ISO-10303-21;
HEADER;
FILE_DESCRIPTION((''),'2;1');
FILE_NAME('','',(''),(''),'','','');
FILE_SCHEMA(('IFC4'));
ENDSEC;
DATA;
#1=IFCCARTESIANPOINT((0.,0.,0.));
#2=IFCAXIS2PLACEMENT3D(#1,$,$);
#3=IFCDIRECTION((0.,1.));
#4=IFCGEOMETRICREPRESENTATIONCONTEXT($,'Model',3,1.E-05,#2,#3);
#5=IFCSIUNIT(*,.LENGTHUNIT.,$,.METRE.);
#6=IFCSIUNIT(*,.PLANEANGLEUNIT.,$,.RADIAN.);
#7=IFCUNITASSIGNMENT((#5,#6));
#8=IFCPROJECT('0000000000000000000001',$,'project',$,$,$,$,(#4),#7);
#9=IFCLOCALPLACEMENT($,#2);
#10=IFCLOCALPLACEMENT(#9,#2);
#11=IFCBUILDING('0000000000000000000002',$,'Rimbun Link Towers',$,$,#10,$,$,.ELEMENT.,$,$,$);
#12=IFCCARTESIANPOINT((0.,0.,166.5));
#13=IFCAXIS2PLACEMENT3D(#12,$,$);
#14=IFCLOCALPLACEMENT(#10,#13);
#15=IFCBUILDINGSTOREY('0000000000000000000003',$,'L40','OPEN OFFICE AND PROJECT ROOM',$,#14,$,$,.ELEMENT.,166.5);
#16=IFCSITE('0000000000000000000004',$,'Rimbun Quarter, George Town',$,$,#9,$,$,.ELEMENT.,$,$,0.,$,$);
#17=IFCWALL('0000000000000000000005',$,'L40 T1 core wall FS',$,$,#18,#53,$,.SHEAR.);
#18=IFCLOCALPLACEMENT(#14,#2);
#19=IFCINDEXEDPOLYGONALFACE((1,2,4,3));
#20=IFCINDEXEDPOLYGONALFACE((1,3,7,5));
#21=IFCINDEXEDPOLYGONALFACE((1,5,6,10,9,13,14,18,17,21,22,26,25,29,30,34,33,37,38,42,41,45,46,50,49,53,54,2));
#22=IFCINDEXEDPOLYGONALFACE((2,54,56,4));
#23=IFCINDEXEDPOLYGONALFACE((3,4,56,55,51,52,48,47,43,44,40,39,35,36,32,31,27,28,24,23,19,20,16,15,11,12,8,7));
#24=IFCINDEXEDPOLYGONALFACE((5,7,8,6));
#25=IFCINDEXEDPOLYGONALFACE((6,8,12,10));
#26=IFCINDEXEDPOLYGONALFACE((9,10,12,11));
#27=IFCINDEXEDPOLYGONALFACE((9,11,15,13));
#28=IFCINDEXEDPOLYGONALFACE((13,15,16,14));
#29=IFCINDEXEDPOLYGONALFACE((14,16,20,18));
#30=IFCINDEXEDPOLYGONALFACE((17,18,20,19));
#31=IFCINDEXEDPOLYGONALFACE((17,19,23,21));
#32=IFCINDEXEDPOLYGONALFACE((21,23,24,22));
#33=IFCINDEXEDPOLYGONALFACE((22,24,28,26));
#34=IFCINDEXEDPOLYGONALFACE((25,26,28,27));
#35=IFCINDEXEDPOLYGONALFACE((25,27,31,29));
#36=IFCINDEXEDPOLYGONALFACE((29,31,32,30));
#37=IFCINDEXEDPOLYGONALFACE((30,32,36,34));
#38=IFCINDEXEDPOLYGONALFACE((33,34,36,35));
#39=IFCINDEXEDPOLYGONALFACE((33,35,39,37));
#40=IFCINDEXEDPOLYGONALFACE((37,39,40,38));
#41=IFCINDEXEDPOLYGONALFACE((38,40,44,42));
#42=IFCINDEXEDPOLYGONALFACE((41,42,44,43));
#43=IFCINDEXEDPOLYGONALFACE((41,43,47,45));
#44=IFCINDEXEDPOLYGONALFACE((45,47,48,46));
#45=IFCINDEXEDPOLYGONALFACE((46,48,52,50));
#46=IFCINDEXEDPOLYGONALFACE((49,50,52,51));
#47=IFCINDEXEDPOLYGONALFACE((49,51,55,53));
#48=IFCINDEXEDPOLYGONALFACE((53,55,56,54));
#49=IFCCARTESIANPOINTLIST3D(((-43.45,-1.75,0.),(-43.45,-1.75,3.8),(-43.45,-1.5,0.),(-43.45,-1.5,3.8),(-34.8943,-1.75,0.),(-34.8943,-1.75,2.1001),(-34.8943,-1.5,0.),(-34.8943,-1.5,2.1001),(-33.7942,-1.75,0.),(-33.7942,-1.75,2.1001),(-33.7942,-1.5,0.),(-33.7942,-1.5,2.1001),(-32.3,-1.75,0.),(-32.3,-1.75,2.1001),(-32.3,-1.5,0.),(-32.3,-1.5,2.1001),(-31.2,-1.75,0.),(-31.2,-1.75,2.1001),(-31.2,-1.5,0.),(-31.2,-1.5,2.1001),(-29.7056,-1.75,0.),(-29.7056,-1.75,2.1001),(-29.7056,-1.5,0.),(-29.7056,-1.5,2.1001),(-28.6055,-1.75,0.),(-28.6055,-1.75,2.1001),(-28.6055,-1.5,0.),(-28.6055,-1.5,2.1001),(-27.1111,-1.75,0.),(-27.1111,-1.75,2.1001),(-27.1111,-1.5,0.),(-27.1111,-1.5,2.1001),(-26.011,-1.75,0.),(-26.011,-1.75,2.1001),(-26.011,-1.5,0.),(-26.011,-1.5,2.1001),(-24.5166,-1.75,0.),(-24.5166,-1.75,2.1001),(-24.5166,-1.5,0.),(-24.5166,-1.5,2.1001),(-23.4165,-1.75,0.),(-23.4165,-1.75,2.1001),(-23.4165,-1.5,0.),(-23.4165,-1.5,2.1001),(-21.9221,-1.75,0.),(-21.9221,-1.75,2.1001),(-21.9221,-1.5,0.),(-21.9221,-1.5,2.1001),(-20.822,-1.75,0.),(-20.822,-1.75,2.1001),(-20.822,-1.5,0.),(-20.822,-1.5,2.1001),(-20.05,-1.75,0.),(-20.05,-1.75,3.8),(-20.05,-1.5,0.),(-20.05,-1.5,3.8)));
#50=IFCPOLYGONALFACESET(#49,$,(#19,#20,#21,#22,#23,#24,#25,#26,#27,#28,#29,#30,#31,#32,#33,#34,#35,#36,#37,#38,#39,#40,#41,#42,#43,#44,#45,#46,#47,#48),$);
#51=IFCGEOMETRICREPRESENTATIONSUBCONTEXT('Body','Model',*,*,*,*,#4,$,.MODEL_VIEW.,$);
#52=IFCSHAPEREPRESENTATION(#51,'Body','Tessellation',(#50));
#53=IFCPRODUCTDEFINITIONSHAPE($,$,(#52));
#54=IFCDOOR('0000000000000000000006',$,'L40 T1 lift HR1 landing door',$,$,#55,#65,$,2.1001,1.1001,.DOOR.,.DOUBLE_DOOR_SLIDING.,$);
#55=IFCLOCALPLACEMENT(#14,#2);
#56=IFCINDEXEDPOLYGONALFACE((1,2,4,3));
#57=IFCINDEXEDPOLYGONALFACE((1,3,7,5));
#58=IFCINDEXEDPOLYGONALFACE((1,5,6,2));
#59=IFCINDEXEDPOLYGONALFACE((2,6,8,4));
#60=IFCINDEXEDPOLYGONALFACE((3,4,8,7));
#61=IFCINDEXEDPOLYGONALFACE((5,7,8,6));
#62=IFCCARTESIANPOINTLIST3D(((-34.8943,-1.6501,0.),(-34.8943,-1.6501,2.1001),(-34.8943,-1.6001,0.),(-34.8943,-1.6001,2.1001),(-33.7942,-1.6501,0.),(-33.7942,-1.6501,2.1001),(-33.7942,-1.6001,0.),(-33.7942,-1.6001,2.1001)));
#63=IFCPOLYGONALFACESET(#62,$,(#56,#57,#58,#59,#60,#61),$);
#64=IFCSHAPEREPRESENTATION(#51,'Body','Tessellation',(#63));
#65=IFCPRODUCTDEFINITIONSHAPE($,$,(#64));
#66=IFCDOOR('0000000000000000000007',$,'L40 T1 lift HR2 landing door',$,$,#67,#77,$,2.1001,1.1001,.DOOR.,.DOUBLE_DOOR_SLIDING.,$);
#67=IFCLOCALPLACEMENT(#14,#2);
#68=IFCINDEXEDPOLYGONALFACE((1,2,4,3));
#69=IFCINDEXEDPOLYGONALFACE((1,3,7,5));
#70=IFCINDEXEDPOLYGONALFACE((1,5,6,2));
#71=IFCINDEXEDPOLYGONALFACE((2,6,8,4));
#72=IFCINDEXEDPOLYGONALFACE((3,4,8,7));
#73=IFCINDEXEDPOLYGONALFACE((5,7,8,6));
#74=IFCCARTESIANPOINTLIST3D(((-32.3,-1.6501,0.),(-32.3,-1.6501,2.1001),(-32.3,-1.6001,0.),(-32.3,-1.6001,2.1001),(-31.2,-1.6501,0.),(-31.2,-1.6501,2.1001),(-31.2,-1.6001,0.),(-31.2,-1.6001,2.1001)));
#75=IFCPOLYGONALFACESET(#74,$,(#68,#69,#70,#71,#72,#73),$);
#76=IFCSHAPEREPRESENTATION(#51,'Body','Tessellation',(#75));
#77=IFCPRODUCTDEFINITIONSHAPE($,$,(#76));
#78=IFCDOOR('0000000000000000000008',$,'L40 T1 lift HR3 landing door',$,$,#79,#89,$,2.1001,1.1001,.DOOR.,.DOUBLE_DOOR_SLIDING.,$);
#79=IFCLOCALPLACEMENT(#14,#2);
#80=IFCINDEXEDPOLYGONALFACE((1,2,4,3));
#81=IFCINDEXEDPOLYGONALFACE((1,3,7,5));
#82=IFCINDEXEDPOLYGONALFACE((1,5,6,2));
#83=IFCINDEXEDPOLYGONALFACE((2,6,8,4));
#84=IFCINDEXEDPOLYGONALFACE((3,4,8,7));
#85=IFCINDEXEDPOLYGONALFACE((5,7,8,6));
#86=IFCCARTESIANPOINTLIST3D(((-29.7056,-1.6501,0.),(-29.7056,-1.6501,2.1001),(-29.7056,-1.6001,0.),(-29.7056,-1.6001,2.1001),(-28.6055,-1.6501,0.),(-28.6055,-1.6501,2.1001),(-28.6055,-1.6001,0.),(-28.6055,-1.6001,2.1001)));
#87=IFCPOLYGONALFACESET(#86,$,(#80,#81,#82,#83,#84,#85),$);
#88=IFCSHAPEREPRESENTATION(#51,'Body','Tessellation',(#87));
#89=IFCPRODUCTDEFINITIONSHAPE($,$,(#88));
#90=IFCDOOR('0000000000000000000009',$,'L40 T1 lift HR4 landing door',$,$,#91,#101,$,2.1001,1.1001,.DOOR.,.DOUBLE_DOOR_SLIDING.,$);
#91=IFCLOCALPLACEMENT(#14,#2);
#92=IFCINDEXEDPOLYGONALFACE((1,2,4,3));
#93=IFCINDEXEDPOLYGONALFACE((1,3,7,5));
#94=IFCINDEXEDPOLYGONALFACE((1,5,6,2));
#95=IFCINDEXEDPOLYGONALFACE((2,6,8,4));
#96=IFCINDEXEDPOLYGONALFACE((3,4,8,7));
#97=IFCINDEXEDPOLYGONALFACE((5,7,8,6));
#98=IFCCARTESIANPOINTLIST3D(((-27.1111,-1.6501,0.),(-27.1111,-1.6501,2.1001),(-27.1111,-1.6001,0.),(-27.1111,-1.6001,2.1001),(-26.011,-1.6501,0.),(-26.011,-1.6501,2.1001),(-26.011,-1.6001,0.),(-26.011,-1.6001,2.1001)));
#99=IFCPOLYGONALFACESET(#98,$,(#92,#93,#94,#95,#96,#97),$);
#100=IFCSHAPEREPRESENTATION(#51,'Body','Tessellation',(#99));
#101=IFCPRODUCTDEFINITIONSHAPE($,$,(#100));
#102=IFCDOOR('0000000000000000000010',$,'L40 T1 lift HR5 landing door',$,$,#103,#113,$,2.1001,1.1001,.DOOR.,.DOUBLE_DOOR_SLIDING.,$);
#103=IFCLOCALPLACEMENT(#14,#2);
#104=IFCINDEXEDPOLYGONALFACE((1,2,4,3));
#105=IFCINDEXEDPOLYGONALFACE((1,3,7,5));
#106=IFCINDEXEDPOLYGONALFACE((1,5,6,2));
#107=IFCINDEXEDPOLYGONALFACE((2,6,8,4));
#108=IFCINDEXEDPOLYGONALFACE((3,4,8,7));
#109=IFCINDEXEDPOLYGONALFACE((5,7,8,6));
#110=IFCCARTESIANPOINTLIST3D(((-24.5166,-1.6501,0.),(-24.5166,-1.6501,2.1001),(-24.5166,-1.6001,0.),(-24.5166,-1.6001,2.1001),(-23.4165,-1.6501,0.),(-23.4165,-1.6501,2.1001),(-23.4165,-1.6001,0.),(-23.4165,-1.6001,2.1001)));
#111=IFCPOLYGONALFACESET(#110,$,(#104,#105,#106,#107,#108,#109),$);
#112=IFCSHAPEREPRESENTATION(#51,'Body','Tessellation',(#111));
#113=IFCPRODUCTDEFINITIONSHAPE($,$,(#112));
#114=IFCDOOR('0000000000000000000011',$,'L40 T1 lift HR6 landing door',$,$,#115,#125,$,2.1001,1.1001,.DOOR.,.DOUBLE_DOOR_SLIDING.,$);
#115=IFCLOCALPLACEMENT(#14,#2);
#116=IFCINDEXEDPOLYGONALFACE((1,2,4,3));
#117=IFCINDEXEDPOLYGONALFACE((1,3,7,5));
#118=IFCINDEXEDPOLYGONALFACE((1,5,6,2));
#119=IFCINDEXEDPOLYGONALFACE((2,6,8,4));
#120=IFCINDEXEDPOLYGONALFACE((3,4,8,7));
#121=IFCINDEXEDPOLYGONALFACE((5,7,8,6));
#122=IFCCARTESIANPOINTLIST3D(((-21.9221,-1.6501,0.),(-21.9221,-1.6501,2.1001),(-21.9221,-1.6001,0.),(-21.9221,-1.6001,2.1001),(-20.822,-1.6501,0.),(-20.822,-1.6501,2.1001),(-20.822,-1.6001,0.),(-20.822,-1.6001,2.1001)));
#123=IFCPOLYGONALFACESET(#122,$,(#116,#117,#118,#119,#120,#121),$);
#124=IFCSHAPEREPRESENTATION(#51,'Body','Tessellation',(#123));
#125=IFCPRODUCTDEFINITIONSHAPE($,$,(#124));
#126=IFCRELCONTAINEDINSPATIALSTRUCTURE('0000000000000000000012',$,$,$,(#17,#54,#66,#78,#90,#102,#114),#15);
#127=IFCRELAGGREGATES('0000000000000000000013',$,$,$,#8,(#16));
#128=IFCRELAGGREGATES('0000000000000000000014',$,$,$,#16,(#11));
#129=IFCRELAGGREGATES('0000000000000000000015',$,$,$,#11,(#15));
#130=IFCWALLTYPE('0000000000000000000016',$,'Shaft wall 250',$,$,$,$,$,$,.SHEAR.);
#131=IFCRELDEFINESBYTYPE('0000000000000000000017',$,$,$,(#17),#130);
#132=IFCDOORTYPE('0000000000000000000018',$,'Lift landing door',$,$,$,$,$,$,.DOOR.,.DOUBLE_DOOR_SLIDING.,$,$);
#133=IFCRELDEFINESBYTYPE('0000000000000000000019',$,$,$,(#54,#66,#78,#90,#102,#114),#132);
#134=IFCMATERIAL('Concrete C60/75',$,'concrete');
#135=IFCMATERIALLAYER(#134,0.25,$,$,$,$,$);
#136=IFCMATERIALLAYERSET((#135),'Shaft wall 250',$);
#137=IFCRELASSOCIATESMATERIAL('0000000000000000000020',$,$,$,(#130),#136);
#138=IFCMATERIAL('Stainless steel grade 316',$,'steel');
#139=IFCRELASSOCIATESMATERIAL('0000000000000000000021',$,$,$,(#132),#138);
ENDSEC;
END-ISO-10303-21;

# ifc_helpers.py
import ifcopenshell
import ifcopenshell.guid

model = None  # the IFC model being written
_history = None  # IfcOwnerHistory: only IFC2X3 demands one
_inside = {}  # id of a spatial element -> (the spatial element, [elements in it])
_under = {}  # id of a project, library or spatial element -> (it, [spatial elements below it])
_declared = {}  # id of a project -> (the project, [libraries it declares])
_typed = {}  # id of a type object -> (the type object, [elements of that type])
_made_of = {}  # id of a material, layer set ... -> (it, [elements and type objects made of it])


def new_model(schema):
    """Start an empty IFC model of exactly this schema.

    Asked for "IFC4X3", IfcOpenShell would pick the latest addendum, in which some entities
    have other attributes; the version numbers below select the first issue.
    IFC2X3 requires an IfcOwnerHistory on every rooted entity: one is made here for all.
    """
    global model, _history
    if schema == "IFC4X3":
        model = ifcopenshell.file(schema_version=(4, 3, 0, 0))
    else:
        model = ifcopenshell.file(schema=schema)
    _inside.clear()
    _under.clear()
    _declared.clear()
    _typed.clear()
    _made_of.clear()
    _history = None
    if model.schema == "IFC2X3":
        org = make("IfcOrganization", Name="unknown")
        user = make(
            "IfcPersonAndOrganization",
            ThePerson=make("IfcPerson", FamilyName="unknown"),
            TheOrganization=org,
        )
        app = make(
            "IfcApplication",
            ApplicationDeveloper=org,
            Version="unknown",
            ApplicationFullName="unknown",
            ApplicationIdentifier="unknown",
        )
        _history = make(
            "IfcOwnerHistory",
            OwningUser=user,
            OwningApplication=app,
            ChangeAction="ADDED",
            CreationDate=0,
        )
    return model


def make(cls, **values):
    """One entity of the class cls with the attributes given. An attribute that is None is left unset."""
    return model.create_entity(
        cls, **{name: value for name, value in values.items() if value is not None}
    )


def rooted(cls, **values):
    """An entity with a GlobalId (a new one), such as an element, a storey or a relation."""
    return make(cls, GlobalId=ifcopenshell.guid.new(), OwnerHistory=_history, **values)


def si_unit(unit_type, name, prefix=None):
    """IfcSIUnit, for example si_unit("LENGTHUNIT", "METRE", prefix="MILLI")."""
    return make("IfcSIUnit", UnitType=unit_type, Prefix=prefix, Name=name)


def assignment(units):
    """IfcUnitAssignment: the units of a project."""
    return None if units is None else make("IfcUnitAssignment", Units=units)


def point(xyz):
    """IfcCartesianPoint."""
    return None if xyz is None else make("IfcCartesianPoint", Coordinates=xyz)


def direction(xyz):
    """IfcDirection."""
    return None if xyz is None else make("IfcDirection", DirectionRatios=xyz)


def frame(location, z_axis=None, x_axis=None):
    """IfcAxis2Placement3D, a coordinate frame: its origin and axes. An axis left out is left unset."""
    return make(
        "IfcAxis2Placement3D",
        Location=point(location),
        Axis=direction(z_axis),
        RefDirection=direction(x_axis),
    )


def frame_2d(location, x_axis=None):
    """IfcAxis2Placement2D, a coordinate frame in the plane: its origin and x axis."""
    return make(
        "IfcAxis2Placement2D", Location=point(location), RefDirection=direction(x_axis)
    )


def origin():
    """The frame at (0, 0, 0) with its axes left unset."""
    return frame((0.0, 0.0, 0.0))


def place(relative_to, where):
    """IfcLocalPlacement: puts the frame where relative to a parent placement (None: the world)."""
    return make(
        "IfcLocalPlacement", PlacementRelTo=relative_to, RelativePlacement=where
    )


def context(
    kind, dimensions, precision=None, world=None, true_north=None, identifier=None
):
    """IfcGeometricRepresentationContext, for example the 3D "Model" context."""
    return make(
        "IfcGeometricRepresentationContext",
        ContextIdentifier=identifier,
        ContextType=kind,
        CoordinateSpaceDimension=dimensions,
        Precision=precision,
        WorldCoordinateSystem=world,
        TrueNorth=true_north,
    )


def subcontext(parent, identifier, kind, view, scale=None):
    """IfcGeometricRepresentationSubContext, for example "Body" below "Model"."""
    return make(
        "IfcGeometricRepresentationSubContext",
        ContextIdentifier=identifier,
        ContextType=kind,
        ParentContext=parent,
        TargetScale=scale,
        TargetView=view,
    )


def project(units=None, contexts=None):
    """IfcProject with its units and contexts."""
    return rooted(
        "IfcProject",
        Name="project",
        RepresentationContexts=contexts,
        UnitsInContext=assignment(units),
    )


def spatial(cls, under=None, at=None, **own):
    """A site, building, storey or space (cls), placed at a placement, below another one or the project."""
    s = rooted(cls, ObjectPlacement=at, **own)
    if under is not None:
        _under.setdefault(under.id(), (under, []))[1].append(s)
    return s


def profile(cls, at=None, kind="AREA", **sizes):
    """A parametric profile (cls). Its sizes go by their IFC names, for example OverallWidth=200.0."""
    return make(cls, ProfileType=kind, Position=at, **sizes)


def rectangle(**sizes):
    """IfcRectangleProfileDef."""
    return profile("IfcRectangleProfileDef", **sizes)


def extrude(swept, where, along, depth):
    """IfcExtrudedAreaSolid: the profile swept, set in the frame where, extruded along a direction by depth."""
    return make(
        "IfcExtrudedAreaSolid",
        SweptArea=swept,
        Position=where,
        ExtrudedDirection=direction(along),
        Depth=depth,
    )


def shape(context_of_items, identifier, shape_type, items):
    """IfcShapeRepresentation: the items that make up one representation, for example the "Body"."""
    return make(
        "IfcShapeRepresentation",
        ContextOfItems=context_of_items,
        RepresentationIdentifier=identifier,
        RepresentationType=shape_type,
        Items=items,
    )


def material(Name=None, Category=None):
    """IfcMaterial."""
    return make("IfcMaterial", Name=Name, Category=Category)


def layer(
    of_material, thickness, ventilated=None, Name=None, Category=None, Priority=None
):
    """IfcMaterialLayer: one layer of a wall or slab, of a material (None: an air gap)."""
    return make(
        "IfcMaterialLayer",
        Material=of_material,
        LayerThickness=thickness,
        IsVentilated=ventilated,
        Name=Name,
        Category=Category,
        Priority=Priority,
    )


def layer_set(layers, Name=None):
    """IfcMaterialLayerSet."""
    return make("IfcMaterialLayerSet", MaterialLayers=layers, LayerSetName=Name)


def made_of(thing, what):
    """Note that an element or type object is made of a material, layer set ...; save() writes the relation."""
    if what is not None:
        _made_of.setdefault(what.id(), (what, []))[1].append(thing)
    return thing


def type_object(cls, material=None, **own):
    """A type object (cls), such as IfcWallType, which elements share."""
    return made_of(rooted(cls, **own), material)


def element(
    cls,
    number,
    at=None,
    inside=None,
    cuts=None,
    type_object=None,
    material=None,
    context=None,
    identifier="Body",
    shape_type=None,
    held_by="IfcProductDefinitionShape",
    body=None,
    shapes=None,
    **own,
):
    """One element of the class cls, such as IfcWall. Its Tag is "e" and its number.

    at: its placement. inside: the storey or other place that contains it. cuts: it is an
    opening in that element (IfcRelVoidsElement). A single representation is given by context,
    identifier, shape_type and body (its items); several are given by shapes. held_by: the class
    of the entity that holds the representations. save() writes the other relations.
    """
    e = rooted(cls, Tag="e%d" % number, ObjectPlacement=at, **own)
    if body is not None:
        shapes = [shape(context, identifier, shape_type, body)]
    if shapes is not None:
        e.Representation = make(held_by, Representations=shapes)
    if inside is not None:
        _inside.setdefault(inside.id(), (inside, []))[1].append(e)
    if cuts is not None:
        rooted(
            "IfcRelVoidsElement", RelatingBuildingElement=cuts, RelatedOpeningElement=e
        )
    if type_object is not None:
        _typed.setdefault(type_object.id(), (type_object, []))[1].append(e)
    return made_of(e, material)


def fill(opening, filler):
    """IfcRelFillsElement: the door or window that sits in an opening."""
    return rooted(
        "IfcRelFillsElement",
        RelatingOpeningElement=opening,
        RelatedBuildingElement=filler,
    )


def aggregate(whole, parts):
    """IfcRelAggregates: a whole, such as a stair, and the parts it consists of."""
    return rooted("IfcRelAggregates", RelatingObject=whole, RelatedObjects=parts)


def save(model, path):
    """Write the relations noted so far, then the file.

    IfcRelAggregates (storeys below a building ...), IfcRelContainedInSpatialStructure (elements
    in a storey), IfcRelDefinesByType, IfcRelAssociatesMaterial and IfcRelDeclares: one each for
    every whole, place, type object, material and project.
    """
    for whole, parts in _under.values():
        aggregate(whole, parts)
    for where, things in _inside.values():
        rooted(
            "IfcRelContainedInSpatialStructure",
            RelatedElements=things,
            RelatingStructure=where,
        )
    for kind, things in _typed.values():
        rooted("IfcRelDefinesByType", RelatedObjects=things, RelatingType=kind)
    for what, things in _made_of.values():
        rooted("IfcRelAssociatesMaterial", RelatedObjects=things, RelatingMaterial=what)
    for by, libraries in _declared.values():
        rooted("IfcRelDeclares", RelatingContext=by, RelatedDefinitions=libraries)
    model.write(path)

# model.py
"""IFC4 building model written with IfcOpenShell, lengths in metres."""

from ifc_helpers import new_model, si_unit, direction, frame, frame_2d, origin, place, context, subcontext, project, spatial, rectangle, extrude, material, layer, layer_set, type_object, element, fill, save


model = new_model("IFC4")

# Units and contexts
model_context = context("Model", 3, precision=1e-05, world=origin(), true_north=direction((0.0, 1.0)))
body_context = subcontext(model_context, "Body", "Model", "MODEL_VIEW")
ifc_project = project(units=[si_unit("LENGTHUNIT", "METRE"), si_unit("PLANEANGLEUNIT", "RADIAN")], contexts=[model_context])

# Site, building, storey
site_placement = place(None, origin())
site = spatial("IfcSite", under=ifc_project, at=site_placement, Name="Rimbun Quarter, George Town", CompositionType="ELEMENT", RefElevation=0.0)
building_placement = place(site_placement, origin())
building = spatial("IfcBuilding", under=site, at=building_placement, Name="Rimbun Link Towers", CompositionType="ELEMENT")
storey_placement = place(building_placement, frame((0.0, 0.0, 166.5)))
storey = spatial("IfcBuildingStorey", under=building, at=storey_placement, Name="L40", Description="OPEN OFFICE AND PROJECT ROOM", CompositionType="ELEMENT", Elevation=166.5)

# Wall, openings, doors
ifc_material_1 = material(Name="Concrete C60/75", Category="concrete")
ifc_layer_1 = layer(ifc_material_1, 0.25)
ifc_layer_set_1 = layer_set([ifc_layer_1], Name="Shaft wall 250")
wall_type_1 = type_object("IfcWallType", Name="Shaft wall 250", PredefinedType="SHEAR", material=ifc_layer_set_1)
wall_1_placement = place(storey_placement, frame((-43.45, -1.625, 0.0), z_axis=(0.0, 0.0, 1.0), x_axis=(1.0, 0.0, 0.0)))
wall_1 = element("IfcWall", 1, at=wall_1_placement, inside=storey, type_object=wall_type_1, Name="L40 T1 core wall FS", PredefinedType="SHEAR", context=body_context, shape_type="SweptSolid", body=[
    extrude(rectangle(XDim=23.3999, YDim=0.25, at=frame_2d((11.7, 0.0))), origin(), (0.0, 0.0, 1.0), 3.8),
])
opening_1_placement = place(wall_1_placement, frame((8.5557, 0.0, 0.0)))
opening_1 = element("IfcOpeningElement", 2, at=opening_1_placement, cuts=wall_1, PredefinedType="OPENING", context=body_context, shape_type="SweptSolid", body=[
    extrude(rectangle(XDim=1.1001, YDim=2.1001, at=frame_2d((0.55, 1.05))), frame((0.0, 0.135, 0.0), z_axis=(0.0, -1.0, 0.0), x_axis=(1.0, 0.0, 0.0)), (0.0, 0.0, 1.0), 0.27),
])
opening_2_placement = place(wall_1_placement, frame((11.1499, 0.0, 0.0)))
opening_2 = element("IfcOpeningElement", 3, at=opening_2_placement, cuts=wall_1, PredefinedType="OPENING", context=body_context, shape_type="SweptSolid", body=[
    extrude(rectangle(XDim=1.1001, YDim=2.1001, at=frame_2d((0.55, 1.05))), frame((0.0, 0.135, 0.0), z_axis=(0.0, -1.0, 0.0), x_axis=(1.0, 0.0, 0.0)), (0.0, 0.0, 1.0), 0.27),
])
opening_3_placement = place(wall_1_placement, frame((13.7444, 0.0, 0.0)))
opening_3 = element("IfcOpeningElement", 4, at=opening_3_placement, cuts=wall_1, PredefinedType="OPENING", context=body_context, shape_type="SweptSolid", body=[
    extrude(rectangle(XDim=1.1001, YDim=2.1001, at=frame_2d((0.55, 1.05))), frame((0.0, 0.135, 0.0), z_axis=(0.0, -1.0, 0.0), x_axis=(1.0, 0.0, 0.0)), (0.0, 0.0, 1.0), 0.27),
])
opening_4_placement = place(wall_1_placement, frame((16.3389, 0.0, 0.0)))
opening_4 = element("IfcOpeningElement", 5, at=opening_4_placement, cuts=wall_1, PredefinedType="OPENING", context=body_context, shape_type="SweptSolid", body=[
    extrude(rectangle(XDim=1.1001, YDim=2.1001, at=frame_2d((0.55, 1.05))), frame((0.0, 0.135, 0.0), z_axis=(0.0, -1.0, 0.0), x_axis=(1.0, 0.0, 0.0)), (0.0, 0.0, 1.0), 0.27),
])
opening_5_placement = place(wall_1_placement, frame((18.9333, 0.0, 0.0)))
opening_5 = element("IfcOpeningElement", 6, at=opening_5_placement, cuts=wall_1, PredefinedType="OPENING", context=body_context, shape_type="SweptSolid", body=[
    extrude(rectangle(XDim=1.1001, YDim=2.1001, at=frame_2d((0.55, 1.05))), frame((0.0, 0.135, 0.0), z_axis=(0.0, -1.0, 0.0), x_axis=(1.0, 0.0, 0.0)), (0.0, 0.0, 1.0), 0.27),
])
opening_6_placement = place(wall_1_placement, frame((21.5278, 0.0, 0.0)))
opening_6 = element("IfcOpeningElement", 7, at=opening_6_placement, cuts=wall_1, PredefinedType="OPENING", context=body_context, shape_type="SweptSolid", body=[
    extrude(rectangle(XDim=1.1001, YDim=2.1001, at=frame_2d((0.55, 1.05))), frame((0.0, 0.135, 0.0), z_axis=(0.0, -1.0, 0.0), x_axis=(1.0, 0.0, 0.0)), (0.0, 0.0, 1.0), 0.27),
])
ifc_material_2 = material(Name="Stainless steel grade 316", Category="steel")
door_type_1 = type_object("IfcDoorType", Name="Lift landing door", OperationType="DOUBLE_DOOR_SLIDING", PredefinedType="DOOR", material=ifc_material_2)
door_1_placement = place(opening_1_placement, origin())
door_1 = element("IfcDoor", 8, at=door_1_placement, inside=storey, type_object=door_type_1, Name="L40 T1 lift HR1 landing door", OperationType="DOUBLE_DOOR_SLIDING", OverallHeight=2.1001, OverallWidth=1.1001, PredefinedType="DOOR", context=body_context, shape_type="SweptSolid", body=[
    extrude(rectangle(XDim=1.1001, YDim=2.1001, at=frame_2d((0.55, 1.05))), frame((0.0, 0.0249, 0.0), z_axis=(0.0, -1.0, 0.0), x_axis=(1.0, 0.0, 0.0)), (0.0, 0.0, 1.0), 0.05),
])
fill(opening_1, door_1)
door_2_placement = place(opening_2_placement, origin())
door_2 = element("IfcDoor", 9, at=door_2_placement, inside=storey, type_object=door_type_1, Name="L40 T1 lift HR2 landing door", OperationType="DOUBLE_DOOR_SLIDING", OverallHeight=2.1001, OverallWidth=1.1001, PredefinedType="DOOR", context=body_context, shape_type="SweptSolid", body=[
    extrude(rectangle(XDim=1.1001, YDim=2.1001, at=frame_2d((0.55, 1.05))), frame((0.0, 0.0249, 0.0), z_axis=(0.0, -1.0, 0.0), x_axis=(1.0, 0.0, 0.0)), (0.0, 0.0, 1.0), 0.05),
])
fill(opening_2, door_2)
door_3_placement = place(opening_3_placement, origin())
door_3 = element("IfcDoor", 10, at=door_3_placement, inside=storey, type_object=door_type_1, Name="L40 T1 lift HR3 landing door", OperationType="DOUBLE_DOOR_SLIDING", OverallHeight=2.1001, OverallWidth=1.1001, PredefinedType="DOOR", context=body_context, shape_type="SweptSolid", body=[
    extrude(rectangle(XDim=1.1001, YDim=2.1001, at=frame_2d((0.55, 1.05))), frame((0.0, 0.0249, 0.0), z_axis=(0.0, -1.0, 0.0), x_axis=(1.0, 0.0, 0.0)), (0.0, 0.0, 1.0), 0.05),
])
fill(opening_3, door_3)
door_4_placement = place(opening_4_placement, origin())
door_4 = element("IfcDoor", 11, at=door_4_placement, inside=storey, type_object=door_type_1, Name="L40 T1 lift HR4 landing door", OperationType="DOUBLE_DOOR_SLIDING", OverallHeight=2.1001, OverallWidth=1.1001, PredefinedType="DOOR", context=body_context, shape_type="SweptSolid", body=[
    extrude(rectangle(XDim=1.1001, YDim=2.1001, at=frame_2d((0.55, 1.05))), frame((0.0, 0.0249, 0.0), z_axis=(0.0, -1.0, 0.0), x_axis=(1.0, 0.0, 0.0)), (0.0, 0.0, 1.0), 0.05),
])
fill(opening_4, door_4)
door_5_placement = place(opening_5_placement, origin())
door_5 = element("IfcDoor", 12, at=door_5_placement, inside=storey, type_object=door_type_1, Name="L40 T1 lift HR5 landing door", OperationType="DOUBLE_DOOR_SLIDING", OverallHeight=2.1001, OverallWidth=1.1001, PredefinedType="DOOR", context=body_context, shape_type="SweptSolid", body=[
    extrude(rectangle(XDim=1.1001, YDim=2.1001, at=frame_2d((0.55, 1.05))), frame((0.0, 0.0249, 0.0), z_axis=(0.0, -1.0, 0.0), x_axis=(1.0, 0.0, 0.0)), (0.0, 0.0, 1.0), 0.05),
])
fill(opening_5, door_5)
door_6_placement = place(opening_6_placement, origin())
door_6 = element("IfcDoor", 13, at=door_6_placement, inside=storey, type_object=door_type_1, Name="L40 T1 lift HR6 landing door", OperationType="DOUBLE_DOOR_SLIDING", OverallHeight=2.1001, OverallWidth=1.1001, PredefinedType="DOOR", context=body_context, shape_type="SweptSolid", body=[
    extrude(rectangle(XDim=1.1001, YDim=2.1001, at=frame_2d((0.55, 1.05))), frame((0.0, 0.0249, 0.0), z_axis=(0.0, -1.0, 0.0), x_axis=(1.0, 0.0, 0.0)), (0.0, 0.0, 1.0), 0.05),
])
fill(opening_6, door_6)

save(model, "model.ifc")
